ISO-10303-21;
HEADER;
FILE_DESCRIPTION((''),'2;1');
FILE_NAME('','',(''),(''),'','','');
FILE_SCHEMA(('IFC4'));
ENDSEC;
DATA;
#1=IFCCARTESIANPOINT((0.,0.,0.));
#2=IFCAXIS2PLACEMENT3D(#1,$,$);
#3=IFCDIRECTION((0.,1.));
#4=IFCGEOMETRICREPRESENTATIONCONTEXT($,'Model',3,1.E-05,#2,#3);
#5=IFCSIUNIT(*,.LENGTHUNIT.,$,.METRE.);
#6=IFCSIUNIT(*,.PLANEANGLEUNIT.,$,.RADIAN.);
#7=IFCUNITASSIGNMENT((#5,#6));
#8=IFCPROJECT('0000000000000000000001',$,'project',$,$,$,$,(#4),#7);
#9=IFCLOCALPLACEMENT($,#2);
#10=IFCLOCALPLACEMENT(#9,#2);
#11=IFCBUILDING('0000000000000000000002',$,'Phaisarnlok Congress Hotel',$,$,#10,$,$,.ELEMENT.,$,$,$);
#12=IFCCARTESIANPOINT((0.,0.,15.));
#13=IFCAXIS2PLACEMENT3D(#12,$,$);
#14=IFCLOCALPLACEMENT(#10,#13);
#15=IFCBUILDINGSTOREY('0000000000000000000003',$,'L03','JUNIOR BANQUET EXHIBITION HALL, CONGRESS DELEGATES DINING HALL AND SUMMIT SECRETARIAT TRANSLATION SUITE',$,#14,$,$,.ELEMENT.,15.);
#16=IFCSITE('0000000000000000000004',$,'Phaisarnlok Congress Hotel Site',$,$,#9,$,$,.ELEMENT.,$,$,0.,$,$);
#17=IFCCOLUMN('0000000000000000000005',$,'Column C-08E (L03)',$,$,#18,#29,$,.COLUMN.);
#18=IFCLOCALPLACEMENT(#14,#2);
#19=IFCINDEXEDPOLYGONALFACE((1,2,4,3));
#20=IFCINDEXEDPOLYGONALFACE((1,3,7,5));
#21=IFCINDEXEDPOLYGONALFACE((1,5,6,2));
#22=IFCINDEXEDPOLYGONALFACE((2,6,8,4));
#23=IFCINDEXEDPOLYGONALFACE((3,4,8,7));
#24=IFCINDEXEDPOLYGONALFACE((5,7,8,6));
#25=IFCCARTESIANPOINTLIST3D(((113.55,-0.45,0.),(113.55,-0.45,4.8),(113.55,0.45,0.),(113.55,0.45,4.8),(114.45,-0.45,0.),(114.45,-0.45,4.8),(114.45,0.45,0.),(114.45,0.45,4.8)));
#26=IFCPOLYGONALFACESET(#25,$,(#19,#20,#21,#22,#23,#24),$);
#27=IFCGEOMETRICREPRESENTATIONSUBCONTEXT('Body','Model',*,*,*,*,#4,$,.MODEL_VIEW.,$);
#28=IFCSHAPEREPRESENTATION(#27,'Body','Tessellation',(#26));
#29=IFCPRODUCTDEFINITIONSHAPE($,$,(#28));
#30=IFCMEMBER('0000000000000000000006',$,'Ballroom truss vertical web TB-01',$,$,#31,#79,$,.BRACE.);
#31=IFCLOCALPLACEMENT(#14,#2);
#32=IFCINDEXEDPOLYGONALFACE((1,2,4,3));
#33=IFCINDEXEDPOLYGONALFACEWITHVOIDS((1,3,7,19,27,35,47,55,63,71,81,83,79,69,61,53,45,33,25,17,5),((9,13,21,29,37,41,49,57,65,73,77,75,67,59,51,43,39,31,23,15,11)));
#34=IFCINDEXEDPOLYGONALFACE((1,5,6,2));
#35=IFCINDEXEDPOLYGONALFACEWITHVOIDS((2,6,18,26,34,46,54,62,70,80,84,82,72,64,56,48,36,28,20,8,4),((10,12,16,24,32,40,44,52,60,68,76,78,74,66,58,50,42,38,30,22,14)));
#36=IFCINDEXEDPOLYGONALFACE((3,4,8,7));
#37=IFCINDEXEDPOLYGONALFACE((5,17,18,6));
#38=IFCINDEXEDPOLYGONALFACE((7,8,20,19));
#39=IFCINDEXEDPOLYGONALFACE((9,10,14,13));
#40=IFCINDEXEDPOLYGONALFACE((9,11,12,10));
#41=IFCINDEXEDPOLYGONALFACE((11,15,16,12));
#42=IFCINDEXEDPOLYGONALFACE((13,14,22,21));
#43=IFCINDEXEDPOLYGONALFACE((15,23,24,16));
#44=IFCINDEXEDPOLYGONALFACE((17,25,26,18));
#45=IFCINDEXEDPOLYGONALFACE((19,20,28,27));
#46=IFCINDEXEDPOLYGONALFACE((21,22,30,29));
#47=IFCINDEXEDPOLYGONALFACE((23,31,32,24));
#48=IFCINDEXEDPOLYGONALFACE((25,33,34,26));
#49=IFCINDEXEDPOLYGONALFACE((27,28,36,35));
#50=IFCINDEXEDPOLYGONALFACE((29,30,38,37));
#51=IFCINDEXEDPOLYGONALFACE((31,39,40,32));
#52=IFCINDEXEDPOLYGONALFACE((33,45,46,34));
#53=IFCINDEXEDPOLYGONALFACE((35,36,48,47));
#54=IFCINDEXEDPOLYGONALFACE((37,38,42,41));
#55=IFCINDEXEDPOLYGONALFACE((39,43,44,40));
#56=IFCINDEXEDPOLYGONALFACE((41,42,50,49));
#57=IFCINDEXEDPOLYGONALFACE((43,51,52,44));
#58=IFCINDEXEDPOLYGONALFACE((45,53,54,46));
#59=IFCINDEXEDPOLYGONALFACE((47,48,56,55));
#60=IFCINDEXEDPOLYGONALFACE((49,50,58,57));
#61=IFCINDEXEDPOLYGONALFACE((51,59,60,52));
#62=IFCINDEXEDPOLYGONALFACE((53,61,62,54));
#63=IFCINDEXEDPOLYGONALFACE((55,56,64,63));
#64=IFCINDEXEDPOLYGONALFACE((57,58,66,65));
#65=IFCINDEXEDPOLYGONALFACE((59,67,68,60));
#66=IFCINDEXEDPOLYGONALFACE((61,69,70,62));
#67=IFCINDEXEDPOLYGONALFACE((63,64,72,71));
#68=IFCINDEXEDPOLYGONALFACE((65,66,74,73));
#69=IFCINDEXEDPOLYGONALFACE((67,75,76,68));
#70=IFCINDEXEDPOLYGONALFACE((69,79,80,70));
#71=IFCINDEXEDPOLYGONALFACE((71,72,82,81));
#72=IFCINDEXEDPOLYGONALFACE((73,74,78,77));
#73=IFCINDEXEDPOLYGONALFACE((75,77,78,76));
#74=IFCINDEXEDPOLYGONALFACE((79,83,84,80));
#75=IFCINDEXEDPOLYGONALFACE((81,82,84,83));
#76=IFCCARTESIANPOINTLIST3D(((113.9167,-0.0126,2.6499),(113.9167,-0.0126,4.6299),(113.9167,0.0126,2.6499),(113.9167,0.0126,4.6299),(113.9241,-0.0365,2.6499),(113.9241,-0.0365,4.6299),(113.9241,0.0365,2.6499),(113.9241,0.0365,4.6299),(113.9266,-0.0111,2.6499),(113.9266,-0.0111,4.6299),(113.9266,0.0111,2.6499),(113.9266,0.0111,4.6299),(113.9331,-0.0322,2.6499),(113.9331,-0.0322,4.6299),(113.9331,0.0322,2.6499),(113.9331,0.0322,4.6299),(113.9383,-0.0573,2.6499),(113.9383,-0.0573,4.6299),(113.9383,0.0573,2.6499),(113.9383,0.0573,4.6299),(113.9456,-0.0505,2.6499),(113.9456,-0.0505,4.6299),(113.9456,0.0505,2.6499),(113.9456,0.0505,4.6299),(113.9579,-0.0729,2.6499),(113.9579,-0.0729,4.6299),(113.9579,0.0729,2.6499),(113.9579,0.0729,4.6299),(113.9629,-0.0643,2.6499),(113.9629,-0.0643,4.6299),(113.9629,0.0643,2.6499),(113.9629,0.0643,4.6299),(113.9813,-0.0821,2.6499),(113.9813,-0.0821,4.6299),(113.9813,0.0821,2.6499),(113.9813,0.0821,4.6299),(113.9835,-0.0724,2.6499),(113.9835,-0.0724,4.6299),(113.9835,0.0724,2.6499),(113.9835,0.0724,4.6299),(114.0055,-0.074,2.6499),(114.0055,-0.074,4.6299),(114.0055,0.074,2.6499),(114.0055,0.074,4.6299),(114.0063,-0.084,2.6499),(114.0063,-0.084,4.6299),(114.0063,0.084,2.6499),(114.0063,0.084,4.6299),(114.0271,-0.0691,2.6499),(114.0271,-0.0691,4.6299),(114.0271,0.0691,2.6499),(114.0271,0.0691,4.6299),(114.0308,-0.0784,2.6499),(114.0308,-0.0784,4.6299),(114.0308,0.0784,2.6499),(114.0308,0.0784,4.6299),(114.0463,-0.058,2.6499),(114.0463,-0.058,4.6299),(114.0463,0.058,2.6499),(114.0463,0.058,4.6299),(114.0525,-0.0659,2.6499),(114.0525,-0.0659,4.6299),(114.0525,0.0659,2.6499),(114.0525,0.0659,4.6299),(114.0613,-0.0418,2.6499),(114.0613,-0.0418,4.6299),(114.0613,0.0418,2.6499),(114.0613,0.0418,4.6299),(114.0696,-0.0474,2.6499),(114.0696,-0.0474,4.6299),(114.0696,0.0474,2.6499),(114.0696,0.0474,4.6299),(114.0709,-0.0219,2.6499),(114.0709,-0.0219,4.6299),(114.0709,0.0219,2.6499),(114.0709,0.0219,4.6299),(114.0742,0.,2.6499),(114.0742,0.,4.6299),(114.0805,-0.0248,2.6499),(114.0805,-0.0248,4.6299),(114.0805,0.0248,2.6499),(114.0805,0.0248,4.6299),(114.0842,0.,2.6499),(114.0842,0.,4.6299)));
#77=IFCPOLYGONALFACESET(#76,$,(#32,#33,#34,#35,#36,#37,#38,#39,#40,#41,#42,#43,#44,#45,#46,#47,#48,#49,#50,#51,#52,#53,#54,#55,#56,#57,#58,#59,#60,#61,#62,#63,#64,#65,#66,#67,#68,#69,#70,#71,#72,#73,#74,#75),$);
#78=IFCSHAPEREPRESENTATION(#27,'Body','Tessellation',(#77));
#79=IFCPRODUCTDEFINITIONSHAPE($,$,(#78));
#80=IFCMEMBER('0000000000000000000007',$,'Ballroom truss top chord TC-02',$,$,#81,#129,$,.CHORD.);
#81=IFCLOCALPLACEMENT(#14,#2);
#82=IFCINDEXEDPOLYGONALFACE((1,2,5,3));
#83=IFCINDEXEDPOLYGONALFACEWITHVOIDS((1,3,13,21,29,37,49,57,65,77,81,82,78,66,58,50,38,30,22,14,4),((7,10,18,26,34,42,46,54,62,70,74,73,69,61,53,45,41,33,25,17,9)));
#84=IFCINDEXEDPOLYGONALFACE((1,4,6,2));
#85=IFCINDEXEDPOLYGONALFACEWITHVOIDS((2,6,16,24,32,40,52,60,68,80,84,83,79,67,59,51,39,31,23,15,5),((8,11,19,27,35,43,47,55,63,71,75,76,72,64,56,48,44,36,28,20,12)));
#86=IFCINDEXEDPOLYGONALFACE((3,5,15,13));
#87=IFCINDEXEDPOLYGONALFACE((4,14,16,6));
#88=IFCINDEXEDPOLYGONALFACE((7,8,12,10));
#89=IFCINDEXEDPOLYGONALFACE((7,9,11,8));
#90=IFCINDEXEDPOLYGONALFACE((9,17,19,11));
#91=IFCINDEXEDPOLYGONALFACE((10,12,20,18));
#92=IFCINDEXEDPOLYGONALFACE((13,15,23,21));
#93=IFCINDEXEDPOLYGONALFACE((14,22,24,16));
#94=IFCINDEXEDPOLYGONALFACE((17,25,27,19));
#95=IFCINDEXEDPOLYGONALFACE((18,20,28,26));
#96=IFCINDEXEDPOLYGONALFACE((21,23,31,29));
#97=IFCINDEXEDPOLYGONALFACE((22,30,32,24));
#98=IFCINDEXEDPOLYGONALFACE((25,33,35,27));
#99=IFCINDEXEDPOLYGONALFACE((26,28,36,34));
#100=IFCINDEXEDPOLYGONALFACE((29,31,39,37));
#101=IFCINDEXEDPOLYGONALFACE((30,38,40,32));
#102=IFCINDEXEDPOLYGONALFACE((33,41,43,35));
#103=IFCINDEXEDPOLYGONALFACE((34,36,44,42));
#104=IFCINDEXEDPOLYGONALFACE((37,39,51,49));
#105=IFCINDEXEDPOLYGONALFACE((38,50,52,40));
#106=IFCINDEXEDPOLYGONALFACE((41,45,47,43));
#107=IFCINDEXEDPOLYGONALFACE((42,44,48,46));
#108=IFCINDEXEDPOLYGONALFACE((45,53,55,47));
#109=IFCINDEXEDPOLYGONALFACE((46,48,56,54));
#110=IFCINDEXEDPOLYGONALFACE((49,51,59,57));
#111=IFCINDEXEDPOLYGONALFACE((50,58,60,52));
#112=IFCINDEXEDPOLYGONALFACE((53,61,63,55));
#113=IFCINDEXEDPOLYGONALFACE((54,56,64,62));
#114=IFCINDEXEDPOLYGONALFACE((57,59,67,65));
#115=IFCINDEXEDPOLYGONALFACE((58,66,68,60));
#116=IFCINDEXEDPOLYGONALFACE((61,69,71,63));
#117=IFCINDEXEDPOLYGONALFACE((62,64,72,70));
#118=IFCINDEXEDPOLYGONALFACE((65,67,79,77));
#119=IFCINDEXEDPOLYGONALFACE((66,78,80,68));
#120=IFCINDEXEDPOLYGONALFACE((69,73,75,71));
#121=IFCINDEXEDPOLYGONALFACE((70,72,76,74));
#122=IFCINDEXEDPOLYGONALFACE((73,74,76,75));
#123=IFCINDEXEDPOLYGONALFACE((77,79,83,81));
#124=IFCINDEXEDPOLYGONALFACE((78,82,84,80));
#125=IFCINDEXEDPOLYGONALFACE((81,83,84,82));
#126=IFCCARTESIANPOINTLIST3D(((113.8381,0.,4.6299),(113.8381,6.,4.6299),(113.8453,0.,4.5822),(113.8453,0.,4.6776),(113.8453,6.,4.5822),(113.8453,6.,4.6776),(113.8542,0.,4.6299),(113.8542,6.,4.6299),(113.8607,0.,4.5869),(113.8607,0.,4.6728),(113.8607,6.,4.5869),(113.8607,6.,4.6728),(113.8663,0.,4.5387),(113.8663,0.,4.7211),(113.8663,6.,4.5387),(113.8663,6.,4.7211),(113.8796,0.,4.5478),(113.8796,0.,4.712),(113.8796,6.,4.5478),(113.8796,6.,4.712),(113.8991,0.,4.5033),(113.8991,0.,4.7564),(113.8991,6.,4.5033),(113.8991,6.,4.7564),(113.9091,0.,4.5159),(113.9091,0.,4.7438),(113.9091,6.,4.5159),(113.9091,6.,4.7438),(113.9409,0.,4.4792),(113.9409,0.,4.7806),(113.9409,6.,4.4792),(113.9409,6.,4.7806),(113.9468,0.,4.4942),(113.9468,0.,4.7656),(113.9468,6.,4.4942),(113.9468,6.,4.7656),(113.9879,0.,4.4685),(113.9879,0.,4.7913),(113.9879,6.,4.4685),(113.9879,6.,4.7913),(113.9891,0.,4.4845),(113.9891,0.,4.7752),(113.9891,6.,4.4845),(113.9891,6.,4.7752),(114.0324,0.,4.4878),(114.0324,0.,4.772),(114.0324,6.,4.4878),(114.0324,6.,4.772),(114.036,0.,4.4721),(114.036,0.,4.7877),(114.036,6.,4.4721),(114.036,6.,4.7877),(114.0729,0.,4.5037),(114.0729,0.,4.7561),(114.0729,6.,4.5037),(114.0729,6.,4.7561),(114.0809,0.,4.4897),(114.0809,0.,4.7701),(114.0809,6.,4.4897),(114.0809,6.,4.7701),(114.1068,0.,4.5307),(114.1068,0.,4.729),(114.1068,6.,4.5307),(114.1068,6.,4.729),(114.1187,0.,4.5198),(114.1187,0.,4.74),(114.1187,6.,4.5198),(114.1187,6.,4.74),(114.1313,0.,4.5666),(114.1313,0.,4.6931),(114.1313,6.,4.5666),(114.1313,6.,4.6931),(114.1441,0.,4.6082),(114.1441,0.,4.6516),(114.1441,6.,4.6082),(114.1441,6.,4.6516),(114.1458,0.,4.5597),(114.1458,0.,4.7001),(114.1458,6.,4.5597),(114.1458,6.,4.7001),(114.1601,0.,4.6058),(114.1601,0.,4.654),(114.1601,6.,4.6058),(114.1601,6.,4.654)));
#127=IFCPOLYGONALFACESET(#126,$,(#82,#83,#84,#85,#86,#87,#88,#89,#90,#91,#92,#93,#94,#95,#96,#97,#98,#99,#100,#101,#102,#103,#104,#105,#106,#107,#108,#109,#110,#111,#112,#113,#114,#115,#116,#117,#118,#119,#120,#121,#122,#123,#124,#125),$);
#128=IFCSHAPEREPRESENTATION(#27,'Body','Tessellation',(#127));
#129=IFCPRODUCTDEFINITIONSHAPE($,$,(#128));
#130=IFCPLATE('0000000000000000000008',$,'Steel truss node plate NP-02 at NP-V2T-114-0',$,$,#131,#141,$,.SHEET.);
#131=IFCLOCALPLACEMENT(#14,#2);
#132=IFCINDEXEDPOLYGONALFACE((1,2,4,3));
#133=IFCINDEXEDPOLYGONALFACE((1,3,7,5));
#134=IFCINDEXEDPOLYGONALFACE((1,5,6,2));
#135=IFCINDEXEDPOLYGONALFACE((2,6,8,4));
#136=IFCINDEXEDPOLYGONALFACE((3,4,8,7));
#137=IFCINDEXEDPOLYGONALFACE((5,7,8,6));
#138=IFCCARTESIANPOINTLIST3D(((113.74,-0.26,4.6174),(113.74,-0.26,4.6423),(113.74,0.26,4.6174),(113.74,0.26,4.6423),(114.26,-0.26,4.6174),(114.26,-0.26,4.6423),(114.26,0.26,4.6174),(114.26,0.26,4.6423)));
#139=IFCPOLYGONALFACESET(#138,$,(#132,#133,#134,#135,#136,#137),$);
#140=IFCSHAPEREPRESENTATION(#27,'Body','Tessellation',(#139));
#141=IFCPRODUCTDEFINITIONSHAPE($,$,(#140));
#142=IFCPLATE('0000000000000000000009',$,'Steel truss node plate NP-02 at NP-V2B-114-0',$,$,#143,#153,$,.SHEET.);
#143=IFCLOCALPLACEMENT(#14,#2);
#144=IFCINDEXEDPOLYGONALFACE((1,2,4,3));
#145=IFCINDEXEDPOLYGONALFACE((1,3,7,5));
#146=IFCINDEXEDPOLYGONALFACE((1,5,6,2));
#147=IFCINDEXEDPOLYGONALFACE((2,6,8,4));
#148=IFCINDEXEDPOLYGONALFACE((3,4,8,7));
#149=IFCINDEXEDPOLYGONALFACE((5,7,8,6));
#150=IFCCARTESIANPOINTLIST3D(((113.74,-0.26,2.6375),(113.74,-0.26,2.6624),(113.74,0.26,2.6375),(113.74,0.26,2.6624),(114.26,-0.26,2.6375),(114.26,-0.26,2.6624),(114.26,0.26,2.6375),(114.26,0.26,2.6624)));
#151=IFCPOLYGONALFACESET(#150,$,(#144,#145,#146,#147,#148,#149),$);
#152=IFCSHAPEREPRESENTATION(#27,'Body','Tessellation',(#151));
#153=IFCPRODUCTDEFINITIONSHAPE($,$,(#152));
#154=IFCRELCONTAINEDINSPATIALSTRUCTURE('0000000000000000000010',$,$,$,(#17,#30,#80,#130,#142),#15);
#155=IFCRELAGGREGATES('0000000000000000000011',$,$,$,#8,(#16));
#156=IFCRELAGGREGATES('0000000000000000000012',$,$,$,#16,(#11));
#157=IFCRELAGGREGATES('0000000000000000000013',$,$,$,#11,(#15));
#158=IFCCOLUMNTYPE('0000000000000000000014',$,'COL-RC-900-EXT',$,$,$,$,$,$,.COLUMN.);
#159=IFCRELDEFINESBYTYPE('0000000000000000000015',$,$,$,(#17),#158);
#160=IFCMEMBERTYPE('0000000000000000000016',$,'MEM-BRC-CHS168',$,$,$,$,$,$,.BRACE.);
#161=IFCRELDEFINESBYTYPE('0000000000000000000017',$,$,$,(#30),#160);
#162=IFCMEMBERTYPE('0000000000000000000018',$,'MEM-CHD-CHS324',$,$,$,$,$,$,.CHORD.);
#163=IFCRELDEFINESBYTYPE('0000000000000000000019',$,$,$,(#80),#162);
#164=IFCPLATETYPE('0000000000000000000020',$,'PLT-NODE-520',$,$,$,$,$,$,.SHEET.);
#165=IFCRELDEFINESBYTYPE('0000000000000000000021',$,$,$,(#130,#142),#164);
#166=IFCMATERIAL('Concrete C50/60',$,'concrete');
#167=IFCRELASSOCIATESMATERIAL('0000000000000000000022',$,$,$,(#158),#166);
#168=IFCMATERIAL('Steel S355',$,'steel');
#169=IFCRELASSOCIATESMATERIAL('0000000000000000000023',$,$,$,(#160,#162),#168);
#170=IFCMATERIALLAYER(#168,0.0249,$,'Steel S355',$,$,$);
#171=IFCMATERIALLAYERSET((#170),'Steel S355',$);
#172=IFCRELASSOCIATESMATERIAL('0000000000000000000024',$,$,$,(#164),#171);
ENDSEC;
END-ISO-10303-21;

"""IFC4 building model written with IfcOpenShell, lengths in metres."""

from ifc_helpers import new_model, si_unit, direction, frame, origin, origin_2d, place, context, subcontext, project, spatial, rectangle, hollow_circle, extrude, material, layer, layer_set, material_profile, profile_set, type_object, element, save


model = new_model("IFC4")

# Units and contexts
model_context = context("Model", 3, precision=1e-05, world=origin(), true_north=direction((0.0, 1.0)))
body_context = subcontext(model_context, "Body", "Model", "MODEL_VIEW")
ifc_project = project(units=[si_unit("LENGTHUNIT", "METRE"), si_unit("PLANEANGLEUNIT", "RADIAN")], contexts=[model_context])

# Site, building, storey
site_placement = place(None, origin())
site = spatial("IfcSite", under=ifc_project, at=site_placement, Name="Phaisarnlok Congress Hotel Site", CompositionType="ELEMENT", RefElevation=0.0)
building_placement = place(site_placement, origin())
building = spatial("IfcBuilding", under=site, at=building_placement, Name="Phaisarnlok Congress Hotel", CompositionType="ELEMENT")
storey_placement = place(building_placement, frame((0.0, 0.0, 15.0)))
storey = spatial("IfcBuildingStorey", under=building, at=storey_placement, Name="L03", Description="JUNIOR BANQUET EXHIBITION HALL, CONGRESS DELEGATES DINING HALL AND SUMMIT SECRETARIAT TRANSLATION SUITE", CompositionType="ELEMENT", Elevation=15.0)

# Column
ifc_material_1 = material(Name="Concrete C50/60", Category="concrete")
ifc_material_profile_1 = material_profile(ifc_material_1, rectangle(XDim=0.8999, YDim=0.8999, at=origin_2d()), Name="RC 900x900")
ifc_profile_set_1 = profile_set([ifc_material_profile_1], Name="Concrete C50/60")
column_type = type_object("IfcColumnType", Name="COL-RC-900-EXT", PredefinedType="COLUMN", material=ifc_profile_set_1)
column_placement = place(storey_placement, frame((114.0, 0.0, 0.0), z_axis=(0.0, 0.0, 1.0), x_axis=(1.0, 0.0, 0.0)))
element("IfcColumn", 1, at=column_placement, inside=storey, type_object=column_type, Name="Column C-08E (L03)", PredefinedType="COLUMN", context=body_context, shape_type="SweptSolid", body=[
    extrude(rectangle(XDim=0.8999, YDim=0.8999, at=origin_2d()), origin(), (0.0, 0.0, 1.0), 4.8),
])

# Members
ifc_material_2 = material(Name="Steel S355", Category="steel")
ifc_material_profile_2 = material_profile(ifc_material_2, hollow_circle(Radius=0.0842, WallThickness=0.01, at=origin_2d()), Name="CHS 168.3x10")
ifc_profile_set_2 = profile_set([ifc_material_profile_2], Name="Steel S355")
member_type_1 = type_object("IfcMemberType", Name="MEM-BRC-CHS168", PredefinedType="BRACE", material=ifc_profile_set_2)
member_1_placement = place(storey_placement, frame((114.0, 0.0, 2.6499), z_axis=(0.0, 0.0, 1.0), x_axis=(1.0, 0.0, 0.0)))
element("IfcMember", 2, at=member_1_placement, inside=storey, type_object=member_type_1, Name="Ballroom truss vertical web TB-01", PredefinedType="BRACE", context=body_context, shape_type="SweptSolid", body=[
    extrude(hollow_circle(Radius=0.0842, WallThickness=0.01, at=origin_2d()), origin(), (0.0, 0.0, 1.0), 1.98),
])
ifc_material_profile_3 = material_profile(ifc_material_2, hollow_circle(Radius=0.1619, WallThickness=0.0161, at=origin_2d()), Name="CHS 323.9x16")
ifc_profile_set_3 = profile_set([ifc_material_profile_3], Name="Steel S355")
member_type_2 = type_object("IfcMemberType", Name="MEM-CHD-CHS324", PredefinedType="CHORD", material=ifc_profile_set_3)
member_2_placement = place(storey_placement, frame((114.0, 0.0, 4.6299), z_axis=(0.0, 1.0, 0.0), x_axis=(-1.0, 0.0, 0.0)))
element("IfcMember", 3, at=member_2_placement, inside=storey, type_object=member_type_2, Name="Ballroom truss top chord TC-02", PredefinedType="CHORD", context=body_context, shape_type="SweptSolid", body=[
    extrude(hollow_circle(Radius=0.1619, WallThickness=0.0161, at=origin_2d()), origin(), (0.0, 0.0, 1.0), 6.0),
])

# Plates
ifc_layer_1 = layer(ifc_material_2, 0.0249, Name="Steel S355")
ifc_layer_set_1 = layer_set([ifc_layer_1], Name="Steel S355")
plate_type = type_object("IfcPlateType", Name="PLT-NODE-520", PredefinedType="SHEET", material=ifc_layer_set_1)
for number, where, z_axis, x_axis, name in (
    (4, (114.0, 0.0, 4.6174), (0.0, 0.0, 1.0), (1.0, 0.0, 0.0), "Steel truss node plate NP-02 at NP-V2T-114-0"),
    (5, (114.0, 0.0, 2.6375), (0.0, 0.0, 1.0), (1.0, 0.0, 0.0), "Steel truss node plate NP-02 at NP-V2B-114-0"),
):
    element("IfcPlate", number, at=place(storey_placement, frame(where, z_axis=z_axis, x_axis=x_axis)), inside=storey, type_object=plate_type, Name=name, PredefinedType="SHEET", context=body_context, shape_type="SweptSolid", body=[
        extrude(rectangle(XDim=0.52, YDim=0.52, at=origin_2d()), origin(), (0.0, 0.0, 1.0), 0.0249),
    ])

save(model, "model.ifc")
